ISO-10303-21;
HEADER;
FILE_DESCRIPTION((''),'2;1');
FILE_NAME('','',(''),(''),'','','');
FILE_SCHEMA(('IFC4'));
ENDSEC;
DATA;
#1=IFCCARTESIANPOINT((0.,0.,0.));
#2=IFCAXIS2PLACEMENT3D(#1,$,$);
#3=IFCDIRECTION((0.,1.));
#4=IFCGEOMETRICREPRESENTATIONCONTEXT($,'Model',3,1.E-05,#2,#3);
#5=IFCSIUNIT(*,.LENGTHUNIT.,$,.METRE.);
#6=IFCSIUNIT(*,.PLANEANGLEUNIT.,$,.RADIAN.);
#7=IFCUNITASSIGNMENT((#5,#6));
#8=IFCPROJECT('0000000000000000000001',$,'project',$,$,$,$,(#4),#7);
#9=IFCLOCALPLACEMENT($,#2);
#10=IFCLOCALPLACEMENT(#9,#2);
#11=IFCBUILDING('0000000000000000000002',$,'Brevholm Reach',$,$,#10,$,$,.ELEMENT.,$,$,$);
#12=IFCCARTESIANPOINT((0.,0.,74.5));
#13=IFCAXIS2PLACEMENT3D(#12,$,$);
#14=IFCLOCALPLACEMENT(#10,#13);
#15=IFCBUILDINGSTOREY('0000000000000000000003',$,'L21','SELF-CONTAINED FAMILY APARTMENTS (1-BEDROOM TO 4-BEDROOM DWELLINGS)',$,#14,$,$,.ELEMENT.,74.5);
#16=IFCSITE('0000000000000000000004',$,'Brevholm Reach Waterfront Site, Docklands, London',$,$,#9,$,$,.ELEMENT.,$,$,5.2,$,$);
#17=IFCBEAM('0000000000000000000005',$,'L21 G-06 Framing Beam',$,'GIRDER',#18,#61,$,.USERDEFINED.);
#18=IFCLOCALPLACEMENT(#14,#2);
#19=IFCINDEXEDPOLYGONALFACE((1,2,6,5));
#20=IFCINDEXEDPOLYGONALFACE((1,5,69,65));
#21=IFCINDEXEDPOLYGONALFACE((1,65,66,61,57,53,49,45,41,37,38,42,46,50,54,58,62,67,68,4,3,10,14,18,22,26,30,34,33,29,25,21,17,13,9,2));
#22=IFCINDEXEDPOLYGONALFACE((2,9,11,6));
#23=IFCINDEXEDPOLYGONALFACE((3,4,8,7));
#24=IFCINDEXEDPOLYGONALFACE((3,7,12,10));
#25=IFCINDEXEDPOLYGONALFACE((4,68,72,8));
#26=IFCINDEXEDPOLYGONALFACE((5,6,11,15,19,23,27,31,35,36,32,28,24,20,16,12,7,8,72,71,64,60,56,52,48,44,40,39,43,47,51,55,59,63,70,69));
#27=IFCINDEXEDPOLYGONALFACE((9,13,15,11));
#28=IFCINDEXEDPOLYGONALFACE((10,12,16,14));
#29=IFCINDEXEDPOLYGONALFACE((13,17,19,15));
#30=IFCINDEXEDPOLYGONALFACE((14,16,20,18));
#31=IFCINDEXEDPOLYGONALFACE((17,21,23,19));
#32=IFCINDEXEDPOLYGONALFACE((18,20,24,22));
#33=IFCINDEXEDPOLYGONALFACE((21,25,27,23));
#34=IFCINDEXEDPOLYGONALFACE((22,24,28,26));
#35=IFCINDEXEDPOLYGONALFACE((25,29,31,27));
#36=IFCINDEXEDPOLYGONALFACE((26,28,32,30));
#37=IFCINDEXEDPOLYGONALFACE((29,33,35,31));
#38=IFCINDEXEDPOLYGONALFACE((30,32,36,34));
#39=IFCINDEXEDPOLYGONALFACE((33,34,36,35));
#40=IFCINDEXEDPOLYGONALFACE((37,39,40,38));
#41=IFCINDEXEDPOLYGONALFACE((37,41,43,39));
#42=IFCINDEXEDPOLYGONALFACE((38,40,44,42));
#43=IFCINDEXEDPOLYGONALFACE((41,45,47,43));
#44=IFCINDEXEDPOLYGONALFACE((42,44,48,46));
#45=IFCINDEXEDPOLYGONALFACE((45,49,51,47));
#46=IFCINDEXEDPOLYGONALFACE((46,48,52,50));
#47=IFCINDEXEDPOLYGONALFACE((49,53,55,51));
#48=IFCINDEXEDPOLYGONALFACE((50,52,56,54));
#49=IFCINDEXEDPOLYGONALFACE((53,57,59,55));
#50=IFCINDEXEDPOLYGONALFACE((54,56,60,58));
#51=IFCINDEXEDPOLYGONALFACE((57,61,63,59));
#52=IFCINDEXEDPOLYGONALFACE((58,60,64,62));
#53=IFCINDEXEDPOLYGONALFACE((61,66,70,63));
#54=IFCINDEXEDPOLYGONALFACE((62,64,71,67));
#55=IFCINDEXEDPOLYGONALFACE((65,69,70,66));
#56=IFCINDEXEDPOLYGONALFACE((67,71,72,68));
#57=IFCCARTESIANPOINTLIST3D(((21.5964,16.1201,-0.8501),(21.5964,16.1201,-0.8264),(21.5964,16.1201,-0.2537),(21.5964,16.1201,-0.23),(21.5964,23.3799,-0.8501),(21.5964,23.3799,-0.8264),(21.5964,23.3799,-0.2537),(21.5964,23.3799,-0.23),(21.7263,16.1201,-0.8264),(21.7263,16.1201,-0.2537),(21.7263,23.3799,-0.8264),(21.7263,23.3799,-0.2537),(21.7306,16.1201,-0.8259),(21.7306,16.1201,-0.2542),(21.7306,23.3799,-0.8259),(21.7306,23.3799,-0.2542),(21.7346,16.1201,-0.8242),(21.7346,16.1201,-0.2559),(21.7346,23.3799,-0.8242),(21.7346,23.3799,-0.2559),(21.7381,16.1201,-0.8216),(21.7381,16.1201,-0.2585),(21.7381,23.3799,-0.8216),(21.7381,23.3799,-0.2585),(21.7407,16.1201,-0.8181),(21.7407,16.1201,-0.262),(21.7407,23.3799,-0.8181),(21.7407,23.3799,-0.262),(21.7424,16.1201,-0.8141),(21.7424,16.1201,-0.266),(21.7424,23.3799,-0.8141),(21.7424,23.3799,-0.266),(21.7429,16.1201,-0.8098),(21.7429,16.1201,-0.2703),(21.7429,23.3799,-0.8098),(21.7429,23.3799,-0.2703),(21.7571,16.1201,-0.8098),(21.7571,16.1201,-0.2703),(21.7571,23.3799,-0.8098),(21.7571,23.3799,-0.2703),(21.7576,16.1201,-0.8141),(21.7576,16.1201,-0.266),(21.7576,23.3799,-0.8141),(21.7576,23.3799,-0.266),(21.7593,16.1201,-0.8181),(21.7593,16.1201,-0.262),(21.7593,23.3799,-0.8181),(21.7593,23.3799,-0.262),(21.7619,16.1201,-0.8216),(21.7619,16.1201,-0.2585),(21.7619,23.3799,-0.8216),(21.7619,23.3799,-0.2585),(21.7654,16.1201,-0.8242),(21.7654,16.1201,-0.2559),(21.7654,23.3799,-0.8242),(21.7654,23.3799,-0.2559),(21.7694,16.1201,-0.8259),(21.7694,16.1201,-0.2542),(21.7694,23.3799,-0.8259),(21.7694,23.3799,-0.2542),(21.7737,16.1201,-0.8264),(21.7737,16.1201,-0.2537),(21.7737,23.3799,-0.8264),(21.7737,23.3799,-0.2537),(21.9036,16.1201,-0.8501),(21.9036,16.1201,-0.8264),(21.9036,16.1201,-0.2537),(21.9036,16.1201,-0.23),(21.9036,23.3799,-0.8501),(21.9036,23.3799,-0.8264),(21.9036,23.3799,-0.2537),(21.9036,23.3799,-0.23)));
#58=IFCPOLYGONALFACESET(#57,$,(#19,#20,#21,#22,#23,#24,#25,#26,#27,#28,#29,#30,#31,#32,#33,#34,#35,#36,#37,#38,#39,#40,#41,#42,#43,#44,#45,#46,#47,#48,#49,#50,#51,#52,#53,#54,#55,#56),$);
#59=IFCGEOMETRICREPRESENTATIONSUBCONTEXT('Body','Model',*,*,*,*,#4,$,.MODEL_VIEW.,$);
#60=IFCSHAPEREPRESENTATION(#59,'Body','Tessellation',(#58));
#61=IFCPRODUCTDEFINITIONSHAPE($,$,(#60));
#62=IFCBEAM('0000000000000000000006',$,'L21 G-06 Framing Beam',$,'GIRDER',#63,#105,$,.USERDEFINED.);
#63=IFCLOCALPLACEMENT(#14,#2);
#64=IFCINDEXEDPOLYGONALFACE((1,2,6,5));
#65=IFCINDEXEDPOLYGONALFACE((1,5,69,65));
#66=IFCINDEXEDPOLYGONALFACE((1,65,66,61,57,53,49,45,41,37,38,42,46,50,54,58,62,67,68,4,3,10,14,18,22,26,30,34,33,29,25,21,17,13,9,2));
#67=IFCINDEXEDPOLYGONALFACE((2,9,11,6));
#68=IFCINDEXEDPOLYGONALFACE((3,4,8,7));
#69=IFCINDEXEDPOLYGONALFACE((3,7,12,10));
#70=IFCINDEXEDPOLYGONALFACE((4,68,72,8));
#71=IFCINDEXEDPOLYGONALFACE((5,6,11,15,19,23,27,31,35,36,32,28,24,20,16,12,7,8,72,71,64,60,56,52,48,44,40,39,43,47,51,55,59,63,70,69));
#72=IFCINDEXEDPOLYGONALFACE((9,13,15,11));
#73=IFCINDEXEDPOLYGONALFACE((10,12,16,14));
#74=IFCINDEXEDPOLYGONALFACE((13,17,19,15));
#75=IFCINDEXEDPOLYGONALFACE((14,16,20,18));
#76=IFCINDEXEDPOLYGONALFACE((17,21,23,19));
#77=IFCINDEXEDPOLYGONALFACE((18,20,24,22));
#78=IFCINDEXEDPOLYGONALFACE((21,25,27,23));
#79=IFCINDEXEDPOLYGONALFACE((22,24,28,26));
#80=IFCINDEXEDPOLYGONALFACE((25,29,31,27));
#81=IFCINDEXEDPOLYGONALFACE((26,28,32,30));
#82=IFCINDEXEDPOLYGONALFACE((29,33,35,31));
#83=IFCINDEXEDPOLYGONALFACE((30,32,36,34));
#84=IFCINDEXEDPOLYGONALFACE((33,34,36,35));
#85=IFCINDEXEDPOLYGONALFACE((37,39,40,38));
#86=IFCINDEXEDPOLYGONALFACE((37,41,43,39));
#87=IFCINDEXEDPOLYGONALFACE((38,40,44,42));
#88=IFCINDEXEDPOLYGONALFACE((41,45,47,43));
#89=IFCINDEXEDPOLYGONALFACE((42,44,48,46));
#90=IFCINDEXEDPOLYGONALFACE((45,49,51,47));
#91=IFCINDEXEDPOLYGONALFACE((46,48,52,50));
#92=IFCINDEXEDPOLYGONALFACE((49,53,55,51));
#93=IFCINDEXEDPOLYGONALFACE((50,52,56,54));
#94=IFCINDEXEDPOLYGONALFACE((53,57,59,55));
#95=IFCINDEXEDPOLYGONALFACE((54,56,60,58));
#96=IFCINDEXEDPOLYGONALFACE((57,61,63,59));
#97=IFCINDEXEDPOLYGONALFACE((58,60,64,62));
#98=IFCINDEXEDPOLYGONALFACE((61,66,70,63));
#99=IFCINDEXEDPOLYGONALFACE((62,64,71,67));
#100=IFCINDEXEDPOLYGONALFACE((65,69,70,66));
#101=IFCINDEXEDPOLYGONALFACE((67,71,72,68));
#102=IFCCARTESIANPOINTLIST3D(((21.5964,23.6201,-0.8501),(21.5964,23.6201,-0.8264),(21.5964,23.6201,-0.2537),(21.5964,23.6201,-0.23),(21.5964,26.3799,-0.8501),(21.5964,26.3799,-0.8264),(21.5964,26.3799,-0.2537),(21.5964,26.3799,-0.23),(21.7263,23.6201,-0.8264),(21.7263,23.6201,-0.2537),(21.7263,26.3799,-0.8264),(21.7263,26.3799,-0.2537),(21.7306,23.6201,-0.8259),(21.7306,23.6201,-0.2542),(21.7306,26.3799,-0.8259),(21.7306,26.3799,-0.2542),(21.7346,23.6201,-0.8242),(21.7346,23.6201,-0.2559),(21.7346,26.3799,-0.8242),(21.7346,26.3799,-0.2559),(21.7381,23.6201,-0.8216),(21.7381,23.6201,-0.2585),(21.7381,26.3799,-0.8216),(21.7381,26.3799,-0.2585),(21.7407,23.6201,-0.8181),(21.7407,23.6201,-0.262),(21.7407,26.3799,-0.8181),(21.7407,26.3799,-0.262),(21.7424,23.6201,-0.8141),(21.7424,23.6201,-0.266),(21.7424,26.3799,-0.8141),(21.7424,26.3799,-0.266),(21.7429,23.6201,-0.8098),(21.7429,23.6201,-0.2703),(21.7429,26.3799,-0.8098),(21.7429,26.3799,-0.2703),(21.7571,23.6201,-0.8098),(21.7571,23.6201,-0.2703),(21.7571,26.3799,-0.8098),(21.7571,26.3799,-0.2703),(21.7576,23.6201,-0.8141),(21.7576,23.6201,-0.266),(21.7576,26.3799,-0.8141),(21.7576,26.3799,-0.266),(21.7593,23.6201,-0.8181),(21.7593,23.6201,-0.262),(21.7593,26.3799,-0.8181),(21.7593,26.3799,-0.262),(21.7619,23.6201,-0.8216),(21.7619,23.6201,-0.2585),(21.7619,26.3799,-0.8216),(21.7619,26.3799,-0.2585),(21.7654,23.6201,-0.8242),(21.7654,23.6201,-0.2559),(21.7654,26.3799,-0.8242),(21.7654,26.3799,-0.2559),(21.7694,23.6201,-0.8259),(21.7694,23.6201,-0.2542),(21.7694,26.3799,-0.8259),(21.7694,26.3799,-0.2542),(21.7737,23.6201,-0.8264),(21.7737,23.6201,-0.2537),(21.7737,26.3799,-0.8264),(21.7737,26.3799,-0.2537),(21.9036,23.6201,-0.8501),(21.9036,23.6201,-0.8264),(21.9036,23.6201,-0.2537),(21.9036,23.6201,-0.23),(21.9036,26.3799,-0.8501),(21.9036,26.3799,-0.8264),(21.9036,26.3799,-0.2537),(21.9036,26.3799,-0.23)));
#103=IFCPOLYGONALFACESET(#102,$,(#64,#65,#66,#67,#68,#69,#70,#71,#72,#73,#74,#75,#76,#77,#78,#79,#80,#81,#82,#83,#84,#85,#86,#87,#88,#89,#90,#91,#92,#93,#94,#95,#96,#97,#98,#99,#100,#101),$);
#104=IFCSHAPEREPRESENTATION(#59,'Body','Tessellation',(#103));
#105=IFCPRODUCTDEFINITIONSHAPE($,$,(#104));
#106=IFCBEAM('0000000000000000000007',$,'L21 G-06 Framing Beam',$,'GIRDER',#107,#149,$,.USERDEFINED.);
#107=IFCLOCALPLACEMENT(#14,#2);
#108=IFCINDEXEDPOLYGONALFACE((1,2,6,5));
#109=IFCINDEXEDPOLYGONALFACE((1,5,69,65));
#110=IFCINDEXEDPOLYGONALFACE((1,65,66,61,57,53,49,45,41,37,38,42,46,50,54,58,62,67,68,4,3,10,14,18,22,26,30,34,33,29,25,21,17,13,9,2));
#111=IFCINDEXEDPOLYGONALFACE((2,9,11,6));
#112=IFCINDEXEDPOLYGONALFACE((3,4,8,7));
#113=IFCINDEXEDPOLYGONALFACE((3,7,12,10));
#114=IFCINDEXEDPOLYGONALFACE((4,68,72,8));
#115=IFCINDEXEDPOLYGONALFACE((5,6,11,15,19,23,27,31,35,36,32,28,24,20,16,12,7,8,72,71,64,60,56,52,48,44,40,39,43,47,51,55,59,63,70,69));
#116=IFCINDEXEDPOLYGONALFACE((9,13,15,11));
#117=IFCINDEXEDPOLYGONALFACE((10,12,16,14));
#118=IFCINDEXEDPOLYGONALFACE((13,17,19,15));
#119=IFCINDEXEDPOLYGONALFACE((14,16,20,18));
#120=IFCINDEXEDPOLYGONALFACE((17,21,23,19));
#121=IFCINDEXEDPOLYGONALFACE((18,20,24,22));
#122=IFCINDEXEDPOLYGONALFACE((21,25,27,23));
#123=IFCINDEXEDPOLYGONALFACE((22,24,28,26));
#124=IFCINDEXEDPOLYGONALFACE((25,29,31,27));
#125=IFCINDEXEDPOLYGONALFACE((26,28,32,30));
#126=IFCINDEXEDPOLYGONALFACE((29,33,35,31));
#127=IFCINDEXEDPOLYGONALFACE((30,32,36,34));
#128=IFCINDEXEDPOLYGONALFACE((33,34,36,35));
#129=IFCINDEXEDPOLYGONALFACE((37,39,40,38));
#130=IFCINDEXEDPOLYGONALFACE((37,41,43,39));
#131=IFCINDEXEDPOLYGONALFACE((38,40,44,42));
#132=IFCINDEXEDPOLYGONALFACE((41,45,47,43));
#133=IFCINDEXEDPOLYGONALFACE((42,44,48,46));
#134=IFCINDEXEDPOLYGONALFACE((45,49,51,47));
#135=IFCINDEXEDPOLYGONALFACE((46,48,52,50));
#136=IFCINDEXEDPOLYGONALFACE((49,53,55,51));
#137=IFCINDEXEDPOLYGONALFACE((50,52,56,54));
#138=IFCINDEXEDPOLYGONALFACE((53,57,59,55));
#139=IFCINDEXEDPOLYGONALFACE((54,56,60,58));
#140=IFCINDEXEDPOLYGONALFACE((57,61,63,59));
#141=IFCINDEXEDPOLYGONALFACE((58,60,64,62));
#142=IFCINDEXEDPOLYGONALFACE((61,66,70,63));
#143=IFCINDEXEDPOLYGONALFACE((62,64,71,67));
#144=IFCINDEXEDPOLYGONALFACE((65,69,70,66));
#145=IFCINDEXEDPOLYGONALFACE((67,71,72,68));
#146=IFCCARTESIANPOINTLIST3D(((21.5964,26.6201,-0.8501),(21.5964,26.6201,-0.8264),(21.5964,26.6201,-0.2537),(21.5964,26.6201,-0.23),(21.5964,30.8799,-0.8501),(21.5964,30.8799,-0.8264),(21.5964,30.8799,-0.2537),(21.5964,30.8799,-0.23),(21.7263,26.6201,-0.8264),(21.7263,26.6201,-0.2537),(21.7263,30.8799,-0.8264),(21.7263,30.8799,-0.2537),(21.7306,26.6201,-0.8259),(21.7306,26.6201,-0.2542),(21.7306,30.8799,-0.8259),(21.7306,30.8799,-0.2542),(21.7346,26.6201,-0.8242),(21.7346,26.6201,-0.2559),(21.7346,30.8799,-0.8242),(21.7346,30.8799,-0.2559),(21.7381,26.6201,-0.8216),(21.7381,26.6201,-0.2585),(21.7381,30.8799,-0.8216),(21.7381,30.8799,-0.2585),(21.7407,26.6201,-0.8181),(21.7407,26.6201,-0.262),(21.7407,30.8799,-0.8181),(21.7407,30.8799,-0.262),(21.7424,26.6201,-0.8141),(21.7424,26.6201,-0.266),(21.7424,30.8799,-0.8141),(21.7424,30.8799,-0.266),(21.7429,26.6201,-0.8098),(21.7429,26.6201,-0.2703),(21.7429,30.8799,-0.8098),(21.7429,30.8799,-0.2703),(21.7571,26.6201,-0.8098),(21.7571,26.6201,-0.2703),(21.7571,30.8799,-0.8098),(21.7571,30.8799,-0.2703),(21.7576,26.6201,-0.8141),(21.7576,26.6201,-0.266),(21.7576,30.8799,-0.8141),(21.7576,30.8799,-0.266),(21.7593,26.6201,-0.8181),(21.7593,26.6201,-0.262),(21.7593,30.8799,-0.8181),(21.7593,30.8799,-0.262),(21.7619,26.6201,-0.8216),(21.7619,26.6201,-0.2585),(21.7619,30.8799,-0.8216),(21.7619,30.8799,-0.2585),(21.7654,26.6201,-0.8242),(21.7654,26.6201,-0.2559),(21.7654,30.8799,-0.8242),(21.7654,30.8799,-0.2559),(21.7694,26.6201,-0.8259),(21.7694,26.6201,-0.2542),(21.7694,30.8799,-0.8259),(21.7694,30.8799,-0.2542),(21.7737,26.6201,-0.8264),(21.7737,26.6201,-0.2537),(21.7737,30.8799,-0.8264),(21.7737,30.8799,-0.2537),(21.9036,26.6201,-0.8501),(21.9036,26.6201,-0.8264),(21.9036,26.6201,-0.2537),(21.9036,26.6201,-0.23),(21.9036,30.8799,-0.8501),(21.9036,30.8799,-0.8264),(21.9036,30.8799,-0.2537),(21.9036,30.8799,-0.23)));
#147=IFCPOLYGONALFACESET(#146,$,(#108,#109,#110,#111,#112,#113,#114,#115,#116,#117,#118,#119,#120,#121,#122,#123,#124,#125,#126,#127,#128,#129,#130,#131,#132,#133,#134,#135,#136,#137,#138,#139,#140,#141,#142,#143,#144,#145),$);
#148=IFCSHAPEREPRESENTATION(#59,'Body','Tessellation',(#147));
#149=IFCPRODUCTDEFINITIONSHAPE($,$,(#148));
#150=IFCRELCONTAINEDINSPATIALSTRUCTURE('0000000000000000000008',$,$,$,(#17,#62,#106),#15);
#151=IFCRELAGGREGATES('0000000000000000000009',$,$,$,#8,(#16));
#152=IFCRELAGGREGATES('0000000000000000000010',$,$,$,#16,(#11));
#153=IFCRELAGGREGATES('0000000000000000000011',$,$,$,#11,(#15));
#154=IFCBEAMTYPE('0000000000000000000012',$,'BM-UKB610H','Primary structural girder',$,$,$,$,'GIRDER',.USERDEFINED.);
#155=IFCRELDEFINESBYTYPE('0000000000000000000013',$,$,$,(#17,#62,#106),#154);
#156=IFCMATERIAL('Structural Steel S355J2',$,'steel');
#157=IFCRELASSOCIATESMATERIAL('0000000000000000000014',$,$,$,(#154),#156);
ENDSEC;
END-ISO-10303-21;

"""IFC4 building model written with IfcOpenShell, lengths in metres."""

from ifc_helpers import new_model, si_unit, direction, frame, origin, origin_2d, place, context, subcontext, project, spatial, i_section, extrude, material, material_profile, profile_set, type_object, element, save


model = new_model("IFC4")

# Units and contexts
model_context = context("Model", 3, precision=1e-05, world=origin(), true_north=direction((0.0, 1.0)))
body_context = subcontext(model_context, "Body", "Model", "MODEL_VIEW")
ifc_project = project(units=[si_unit("LENGTHUNIT", "METRE"), si_unit("PLANEANGLEUNIT", "RADIAN")], contexts=[model_context])

# Site, building, storey
site_placement = place(None, origin())
site = spatial("IfcSite", under=ifc_project, at=site_placement, Name="Brevholm Reach Waterfront Site, Docklands, London", CompositionType="ELEMENT", RefElevation=5.2)
building_placement = place(site_placement, origin())
building = spatial("IfcBuilding", under=site, at=building_placement, Name="Brevholm Reach", CompositionType="ELEMENT")
storey_placement = place(building_placement, frame((0.0, 0.0, 74.5)))
storey = spatial("IfcBuildingStorey", under=building, at=storey_placement, Name="L21", Description="SELF-CONTAINED FAMILY APARTMENTS (1-BEDROOM TO 4-BEDROOM DWELLINGS)", CompositionType="ELEMENT", Elevation=74.5)

# Beams
ifc_material_1 = material(Name="Structural Steel S355J2", Category="steel")
ifc_material_profile_1 = material_profile(ifc_material_1, i_section(OverallWidth=0.3071, OverallDepth=0.6201, WebThickness=0.0142, FlangeThickness=0.0237, FilletRadius=0.0166, at=origin_2d()), Name="UKB 610x305x179")
ifc_profile_set_1 = profile_set([ifc_material_profile_1], Name="Structural Steel S355J2")
beam_type_1 = type_object("IfcBeamType", Name="BM-UKB610H", Description="Primary structural girder", ElementType="GIRDER", PredefinedType="USERDEFINED", material=ifc_profile_set_1)
beam_1_placement = place(storey_placement, frame((21.75, 16.1201, -0.54), z_axis=(0.0, 1.0, 0.0), x_axis=(-1.0, 0.0, 0.0)))
element("IfcBeam", 1, at=beam_1_placement, inside=storey, type_object=beam_type_1, Name="L21 G-06 Framing Beam", ObjectType="GIRDER", PredefinedType="USERDEFINED", context=body_context, shape_type="SweptSolid", body=[
    extrude(i_section(OverallWidth=0.3071, OverallDepth=0.6201, WebThickness=0.0142, FlangeThickness=0.0237, FilletRadius=0.0166, at=origin_2d()), origin(), (0.0, 0.0, 1.0), 7.2598),
])
beam_2_placement = place(storey_placement, frame((21.75, 23.6201, -0.54), z_axis=(0.0, 1.0, 0.0), x_axis=(-1.0, 0.0, 0.0)))
element("IfcBeam", 2, at=beam_2_placement, inside=storey, type_object=beam_type_1, Name="L21 G-06 Framing Beam", ObjectType="GIRDER", PredefinedType="USERDEFINED", context=body_context, shape_type="SweptSolid", body=[
    extrude(i_section(OverallWidth=0.3071, OverallDepth=0.6201, WebThickness=0.0142, FlangeThickness=0.0237, FilletRadius=0.0166, at=origin_2d()), origin(), (0.0, 0.0, 1.0), 2.7598),
])
beam_3_placement = place(storey_placement, frame((21.75, 26.6201, -0.54), z_axis=(0.0, 1.0, 0.0), x_axis=(-1.0, 0.0, 0.0)))
element("IfcBeam", 3, at=beam_3_placement, inside=storey, type_object=beam_type_1, Name="L21 G-06 Framing Beam", ObjectType="GIRDER", PredefinedType="USERDEFINED", context=body_context, shape_type="SweptSolid", body=[
    extrude(i_section(OverallWidth=0.3071, OverallDepth=0.6201, WebThickness=0.0142, FlangeThickness=0.0237, FilletRadius=0.0166, at=origin_2d()), origin(), (0.0, 0.0, 1.0), 4.2598),
])

save(model, "model.ifc")
